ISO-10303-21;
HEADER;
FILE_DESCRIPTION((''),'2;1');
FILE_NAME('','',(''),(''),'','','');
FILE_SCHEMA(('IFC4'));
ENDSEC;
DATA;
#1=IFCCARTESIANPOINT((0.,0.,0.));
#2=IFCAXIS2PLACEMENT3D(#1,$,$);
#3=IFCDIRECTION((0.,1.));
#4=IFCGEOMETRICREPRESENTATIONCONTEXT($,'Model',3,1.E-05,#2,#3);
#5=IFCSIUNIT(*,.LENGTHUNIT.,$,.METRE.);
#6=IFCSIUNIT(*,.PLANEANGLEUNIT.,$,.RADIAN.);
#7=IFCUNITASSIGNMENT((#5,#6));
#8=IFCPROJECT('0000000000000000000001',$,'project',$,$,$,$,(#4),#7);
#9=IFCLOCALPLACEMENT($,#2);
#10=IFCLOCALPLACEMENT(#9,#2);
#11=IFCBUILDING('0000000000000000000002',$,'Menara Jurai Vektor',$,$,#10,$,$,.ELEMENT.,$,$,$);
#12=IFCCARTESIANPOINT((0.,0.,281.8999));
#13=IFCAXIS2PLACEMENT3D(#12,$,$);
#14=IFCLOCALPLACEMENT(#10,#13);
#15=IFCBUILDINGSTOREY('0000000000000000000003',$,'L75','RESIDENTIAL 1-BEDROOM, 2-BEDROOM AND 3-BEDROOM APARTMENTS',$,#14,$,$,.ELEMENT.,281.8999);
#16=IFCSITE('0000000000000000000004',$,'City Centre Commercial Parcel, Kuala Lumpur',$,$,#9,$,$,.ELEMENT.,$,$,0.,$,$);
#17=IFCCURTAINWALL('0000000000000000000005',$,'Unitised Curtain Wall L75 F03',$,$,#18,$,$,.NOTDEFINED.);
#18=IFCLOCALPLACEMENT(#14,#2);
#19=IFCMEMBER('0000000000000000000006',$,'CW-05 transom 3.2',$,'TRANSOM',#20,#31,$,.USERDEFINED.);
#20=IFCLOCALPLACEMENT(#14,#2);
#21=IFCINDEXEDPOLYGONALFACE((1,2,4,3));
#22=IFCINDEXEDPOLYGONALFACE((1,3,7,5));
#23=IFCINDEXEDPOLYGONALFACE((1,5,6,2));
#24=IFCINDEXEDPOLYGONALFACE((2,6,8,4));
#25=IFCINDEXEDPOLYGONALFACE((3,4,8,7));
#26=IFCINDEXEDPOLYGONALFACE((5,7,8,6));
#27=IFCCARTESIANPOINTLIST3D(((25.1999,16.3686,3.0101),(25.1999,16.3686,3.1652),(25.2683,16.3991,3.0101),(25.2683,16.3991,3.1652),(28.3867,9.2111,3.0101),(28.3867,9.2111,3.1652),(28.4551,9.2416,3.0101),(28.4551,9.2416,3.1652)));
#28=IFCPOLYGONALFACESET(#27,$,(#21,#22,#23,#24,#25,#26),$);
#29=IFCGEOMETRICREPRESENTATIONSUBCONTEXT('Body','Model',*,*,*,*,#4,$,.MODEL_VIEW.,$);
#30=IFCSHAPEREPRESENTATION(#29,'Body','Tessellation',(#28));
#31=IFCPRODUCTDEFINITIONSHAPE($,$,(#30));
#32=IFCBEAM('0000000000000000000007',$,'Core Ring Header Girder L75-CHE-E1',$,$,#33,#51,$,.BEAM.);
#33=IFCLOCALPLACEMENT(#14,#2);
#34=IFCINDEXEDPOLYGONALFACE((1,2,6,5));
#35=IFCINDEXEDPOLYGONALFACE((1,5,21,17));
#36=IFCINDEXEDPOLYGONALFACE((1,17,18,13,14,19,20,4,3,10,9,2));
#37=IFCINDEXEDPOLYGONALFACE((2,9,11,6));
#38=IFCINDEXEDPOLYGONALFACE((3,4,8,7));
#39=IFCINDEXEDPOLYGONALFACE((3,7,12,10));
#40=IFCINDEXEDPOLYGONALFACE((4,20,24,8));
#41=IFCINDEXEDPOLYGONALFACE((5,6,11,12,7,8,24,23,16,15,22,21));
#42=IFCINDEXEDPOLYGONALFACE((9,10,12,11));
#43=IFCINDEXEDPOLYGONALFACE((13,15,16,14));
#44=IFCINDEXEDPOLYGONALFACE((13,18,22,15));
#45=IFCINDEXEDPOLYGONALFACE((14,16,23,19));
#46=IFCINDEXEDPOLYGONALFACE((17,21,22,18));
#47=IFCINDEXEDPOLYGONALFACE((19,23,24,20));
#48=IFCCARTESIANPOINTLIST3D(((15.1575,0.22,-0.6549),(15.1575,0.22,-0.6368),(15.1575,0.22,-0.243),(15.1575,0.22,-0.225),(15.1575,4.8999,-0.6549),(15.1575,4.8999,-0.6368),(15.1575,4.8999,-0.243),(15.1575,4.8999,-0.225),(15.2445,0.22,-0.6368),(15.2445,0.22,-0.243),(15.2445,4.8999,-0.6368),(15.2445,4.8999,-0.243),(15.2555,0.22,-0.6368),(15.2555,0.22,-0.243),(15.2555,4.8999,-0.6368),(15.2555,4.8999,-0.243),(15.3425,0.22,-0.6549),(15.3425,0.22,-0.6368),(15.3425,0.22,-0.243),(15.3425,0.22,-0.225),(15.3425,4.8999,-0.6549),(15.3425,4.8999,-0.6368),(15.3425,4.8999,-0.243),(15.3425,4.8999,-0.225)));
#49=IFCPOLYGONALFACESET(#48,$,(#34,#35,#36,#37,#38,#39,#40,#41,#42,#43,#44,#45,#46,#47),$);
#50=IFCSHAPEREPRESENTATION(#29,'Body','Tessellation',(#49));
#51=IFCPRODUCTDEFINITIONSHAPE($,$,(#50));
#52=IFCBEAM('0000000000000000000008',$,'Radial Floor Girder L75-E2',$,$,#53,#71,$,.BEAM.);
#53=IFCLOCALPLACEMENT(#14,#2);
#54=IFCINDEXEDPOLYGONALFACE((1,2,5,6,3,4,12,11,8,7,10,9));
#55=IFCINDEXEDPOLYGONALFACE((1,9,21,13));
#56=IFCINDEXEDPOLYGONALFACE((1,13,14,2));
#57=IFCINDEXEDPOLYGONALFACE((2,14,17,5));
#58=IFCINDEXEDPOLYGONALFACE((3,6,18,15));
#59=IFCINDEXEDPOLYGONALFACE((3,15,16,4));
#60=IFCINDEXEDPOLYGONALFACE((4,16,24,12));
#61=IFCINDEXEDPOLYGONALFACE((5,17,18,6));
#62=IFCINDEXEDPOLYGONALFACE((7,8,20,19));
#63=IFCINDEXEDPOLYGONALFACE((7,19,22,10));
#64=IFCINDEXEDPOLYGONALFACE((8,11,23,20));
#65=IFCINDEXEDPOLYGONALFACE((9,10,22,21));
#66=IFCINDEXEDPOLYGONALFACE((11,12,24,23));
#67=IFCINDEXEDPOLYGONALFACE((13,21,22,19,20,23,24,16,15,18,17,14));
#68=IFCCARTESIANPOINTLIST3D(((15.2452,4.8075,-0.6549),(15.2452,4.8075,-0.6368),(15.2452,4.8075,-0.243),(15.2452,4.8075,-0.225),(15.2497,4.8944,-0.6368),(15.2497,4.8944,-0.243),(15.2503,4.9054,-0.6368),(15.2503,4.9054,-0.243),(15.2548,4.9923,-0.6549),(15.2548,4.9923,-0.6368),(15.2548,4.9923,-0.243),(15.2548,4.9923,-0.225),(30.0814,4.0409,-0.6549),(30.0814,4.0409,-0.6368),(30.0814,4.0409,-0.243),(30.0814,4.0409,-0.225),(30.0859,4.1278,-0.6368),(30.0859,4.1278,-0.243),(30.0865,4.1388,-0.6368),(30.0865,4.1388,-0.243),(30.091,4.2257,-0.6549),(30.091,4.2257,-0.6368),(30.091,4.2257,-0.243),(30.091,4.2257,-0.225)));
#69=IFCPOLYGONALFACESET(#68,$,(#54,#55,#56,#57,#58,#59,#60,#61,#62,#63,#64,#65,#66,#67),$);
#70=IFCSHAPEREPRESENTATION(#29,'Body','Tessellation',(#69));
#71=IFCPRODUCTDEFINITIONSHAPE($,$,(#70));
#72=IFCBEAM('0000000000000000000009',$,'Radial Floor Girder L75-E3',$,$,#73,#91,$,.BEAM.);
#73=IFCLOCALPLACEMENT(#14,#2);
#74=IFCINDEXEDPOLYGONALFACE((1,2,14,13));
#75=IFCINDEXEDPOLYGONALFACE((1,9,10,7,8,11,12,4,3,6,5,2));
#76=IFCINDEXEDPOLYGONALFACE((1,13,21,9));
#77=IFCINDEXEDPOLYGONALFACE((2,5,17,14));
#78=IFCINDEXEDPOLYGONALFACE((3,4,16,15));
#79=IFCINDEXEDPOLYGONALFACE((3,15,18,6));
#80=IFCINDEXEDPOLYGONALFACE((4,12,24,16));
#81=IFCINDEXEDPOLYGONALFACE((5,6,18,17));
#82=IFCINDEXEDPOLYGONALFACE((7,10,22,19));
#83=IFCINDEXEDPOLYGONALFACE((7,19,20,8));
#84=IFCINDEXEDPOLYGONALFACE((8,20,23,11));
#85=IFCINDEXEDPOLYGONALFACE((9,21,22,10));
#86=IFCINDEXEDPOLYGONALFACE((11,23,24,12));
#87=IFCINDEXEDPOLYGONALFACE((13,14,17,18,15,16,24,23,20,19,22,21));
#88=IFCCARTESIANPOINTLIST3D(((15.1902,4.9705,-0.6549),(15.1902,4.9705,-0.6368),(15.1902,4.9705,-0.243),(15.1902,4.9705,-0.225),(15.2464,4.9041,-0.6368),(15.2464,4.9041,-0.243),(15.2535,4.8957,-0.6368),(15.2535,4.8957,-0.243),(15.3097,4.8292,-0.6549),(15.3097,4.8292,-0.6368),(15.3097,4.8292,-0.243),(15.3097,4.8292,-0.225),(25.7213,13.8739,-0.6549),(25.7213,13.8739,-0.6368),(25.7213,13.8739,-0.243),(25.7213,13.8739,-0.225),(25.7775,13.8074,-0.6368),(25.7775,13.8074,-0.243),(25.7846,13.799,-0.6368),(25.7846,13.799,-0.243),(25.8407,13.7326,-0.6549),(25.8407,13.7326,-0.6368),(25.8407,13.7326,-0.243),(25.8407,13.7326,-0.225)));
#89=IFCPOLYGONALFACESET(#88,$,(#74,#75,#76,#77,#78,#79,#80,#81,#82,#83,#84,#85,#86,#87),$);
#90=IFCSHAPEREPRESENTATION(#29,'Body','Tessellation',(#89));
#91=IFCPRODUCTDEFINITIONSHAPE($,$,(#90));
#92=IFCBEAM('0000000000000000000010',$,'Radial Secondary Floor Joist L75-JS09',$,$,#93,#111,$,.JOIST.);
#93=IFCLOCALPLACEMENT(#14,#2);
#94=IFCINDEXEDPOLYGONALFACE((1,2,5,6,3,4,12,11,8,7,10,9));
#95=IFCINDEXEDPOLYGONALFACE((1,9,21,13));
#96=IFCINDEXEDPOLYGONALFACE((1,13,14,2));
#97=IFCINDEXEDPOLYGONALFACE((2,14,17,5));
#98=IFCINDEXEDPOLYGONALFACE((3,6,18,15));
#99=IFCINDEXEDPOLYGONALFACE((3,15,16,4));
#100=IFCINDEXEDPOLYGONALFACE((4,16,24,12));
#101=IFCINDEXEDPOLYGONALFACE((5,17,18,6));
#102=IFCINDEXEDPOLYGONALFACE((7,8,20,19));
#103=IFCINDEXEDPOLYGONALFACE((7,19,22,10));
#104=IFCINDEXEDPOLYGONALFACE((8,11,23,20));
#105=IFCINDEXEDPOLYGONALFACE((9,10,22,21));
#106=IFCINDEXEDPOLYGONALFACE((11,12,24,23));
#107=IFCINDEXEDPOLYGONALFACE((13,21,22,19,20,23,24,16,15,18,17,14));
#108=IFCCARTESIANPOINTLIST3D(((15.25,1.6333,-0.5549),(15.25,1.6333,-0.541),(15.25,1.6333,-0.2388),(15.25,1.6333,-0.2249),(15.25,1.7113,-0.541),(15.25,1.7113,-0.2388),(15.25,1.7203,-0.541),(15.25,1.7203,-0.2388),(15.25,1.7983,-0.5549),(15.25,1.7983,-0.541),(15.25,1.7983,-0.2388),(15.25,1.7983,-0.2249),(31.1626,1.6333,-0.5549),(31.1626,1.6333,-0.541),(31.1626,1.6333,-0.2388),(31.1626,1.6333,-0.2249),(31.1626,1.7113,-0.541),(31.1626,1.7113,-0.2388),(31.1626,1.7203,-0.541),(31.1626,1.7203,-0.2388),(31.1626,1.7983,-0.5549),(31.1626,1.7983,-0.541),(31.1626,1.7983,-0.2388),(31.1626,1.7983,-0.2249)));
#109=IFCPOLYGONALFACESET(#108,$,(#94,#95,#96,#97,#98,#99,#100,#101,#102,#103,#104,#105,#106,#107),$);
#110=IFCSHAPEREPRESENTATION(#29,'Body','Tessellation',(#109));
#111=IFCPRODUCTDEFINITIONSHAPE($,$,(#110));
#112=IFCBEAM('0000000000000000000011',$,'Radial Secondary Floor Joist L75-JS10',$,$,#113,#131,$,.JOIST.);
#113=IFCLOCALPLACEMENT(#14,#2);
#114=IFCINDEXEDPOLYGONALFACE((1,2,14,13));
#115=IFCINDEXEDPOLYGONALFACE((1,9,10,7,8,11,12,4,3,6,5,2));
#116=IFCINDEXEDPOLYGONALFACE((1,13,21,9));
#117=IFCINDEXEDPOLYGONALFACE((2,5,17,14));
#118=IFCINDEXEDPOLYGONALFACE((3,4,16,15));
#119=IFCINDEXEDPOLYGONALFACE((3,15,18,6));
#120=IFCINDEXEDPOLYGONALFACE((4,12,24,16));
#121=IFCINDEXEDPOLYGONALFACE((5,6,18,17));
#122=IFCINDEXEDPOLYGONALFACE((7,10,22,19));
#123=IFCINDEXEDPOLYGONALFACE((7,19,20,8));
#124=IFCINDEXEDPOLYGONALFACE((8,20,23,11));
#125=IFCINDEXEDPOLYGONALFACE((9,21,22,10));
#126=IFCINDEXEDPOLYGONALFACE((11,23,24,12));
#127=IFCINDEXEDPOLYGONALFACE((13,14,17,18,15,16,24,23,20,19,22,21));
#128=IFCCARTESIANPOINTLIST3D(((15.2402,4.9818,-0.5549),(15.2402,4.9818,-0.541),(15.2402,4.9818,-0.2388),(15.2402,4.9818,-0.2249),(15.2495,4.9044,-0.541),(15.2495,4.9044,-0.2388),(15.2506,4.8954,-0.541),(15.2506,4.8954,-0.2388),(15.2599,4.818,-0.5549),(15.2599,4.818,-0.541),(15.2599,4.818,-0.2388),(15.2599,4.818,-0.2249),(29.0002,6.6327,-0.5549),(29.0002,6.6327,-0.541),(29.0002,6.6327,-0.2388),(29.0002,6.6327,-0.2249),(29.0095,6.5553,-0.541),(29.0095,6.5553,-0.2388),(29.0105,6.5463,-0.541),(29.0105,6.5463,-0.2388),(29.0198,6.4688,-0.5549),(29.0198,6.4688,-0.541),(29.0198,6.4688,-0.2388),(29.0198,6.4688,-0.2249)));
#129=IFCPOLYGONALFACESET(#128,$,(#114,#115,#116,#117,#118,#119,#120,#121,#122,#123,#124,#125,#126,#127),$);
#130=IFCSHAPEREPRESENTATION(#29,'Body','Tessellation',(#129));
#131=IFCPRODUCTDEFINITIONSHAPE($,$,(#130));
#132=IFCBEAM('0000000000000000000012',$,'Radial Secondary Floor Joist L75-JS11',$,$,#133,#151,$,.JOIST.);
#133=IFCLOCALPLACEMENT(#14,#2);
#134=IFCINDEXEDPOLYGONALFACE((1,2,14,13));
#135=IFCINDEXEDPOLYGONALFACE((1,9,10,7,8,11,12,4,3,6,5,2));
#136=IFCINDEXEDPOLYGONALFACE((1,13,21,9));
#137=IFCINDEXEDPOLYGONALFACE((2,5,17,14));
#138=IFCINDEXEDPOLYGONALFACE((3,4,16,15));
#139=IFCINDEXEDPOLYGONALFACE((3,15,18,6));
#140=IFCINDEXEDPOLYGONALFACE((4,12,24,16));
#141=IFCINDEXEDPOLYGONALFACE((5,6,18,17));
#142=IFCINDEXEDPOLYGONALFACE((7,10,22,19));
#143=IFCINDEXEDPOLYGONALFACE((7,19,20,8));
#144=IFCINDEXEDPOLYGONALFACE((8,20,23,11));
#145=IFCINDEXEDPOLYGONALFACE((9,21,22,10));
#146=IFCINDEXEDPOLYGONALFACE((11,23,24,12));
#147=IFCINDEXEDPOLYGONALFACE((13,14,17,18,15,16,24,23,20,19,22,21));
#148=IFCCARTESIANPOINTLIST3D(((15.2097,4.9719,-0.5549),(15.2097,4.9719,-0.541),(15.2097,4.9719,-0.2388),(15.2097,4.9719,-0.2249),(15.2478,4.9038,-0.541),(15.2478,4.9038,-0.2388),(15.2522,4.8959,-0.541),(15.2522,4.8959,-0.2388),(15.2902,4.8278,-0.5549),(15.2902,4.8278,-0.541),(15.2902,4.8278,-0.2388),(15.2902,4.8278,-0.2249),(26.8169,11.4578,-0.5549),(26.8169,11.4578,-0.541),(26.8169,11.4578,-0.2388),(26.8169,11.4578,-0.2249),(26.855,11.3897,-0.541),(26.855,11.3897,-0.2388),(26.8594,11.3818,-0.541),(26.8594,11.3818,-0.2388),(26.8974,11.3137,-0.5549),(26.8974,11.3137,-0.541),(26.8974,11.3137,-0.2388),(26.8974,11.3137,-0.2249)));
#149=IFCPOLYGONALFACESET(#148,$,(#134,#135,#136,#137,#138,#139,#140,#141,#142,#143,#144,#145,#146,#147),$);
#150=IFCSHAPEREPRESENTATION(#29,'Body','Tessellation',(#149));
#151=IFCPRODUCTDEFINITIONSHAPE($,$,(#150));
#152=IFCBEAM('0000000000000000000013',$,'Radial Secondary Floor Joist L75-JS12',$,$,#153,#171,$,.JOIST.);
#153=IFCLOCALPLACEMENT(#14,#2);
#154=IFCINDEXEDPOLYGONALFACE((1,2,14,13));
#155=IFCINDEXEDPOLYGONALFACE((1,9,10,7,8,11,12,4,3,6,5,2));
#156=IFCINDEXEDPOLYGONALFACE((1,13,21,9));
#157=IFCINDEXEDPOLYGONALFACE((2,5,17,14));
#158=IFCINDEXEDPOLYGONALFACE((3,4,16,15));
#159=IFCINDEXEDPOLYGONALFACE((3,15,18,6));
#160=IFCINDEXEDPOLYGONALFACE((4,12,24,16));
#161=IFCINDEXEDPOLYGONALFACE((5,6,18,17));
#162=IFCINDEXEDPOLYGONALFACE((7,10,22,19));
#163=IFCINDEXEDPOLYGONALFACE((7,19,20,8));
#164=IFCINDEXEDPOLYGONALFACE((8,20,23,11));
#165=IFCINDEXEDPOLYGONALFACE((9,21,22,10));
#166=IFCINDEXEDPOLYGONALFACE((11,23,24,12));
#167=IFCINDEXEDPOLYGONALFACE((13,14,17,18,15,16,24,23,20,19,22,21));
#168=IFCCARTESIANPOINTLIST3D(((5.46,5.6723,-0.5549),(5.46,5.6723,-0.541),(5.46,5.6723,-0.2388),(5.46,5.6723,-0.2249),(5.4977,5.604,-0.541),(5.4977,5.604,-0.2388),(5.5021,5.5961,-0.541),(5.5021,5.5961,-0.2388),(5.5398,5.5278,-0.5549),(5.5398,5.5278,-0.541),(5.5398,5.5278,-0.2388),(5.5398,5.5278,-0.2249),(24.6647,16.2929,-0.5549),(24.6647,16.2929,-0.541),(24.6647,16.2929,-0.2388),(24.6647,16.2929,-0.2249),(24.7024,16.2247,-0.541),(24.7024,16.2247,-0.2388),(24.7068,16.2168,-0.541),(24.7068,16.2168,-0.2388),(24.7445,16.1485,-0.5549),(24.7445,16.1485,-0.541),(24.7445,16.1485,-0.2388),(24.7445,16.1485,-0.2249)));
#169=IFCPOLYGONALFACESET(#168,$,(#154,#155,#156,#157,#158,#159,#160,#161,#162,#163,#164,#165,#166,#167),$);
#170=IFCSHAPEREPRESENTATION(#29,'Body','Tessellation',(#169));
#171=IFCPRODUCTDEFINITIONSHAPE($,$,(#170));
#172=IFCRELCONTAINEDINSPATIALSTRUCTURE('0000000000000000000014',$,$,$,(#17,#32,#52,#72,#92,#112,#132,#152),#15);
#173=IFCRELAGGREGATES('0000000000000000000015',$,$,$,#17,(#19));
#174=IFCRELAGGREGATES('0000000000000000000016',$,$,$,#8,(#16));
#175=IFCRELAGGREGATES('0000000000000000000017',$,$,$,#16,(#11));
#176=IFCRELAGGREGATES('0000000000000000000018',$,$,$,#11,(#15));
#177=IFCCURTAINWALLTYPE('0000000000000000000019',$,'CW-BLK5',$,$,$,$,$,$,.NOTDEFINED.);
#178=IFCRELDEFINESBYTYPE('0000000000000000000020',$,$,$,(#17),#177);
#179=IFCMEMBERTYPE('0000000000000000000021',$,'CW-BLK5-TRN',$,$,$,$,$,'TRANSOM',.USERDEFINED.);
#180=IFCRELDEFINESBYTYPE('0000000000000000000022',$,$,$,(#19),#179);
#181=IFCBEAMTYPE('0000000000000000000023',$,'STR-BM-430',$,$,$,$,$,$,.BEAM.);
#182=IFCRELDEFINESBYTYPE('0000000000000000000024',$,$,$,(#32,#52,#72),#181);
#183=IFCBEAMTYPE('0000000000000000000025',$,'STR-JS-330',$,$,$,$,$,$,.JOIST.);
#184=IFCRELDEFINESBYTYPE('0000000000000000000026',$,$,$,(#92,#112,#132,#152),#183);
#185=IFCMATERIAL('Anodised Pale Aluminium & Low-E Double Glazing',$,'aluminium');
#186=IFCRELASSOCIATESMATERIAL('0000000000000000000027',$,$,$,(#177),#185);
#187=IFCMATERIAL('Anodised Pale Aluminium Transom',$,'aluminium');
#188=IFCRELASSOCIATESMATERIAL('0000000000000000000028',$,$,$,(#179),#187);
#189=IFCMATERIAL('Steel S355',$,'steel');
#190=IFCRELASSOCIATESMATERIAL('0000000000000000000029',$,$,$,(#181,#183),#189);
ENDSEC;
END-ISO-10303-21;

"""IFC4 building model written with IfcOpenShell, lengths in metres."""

from ifc_helpers import new_model, si_unit, direction, frame, origin, origin_2d, place, context, subcontext, project, spatial, rectangle, i_section, extrude, material, material_profile, profile_set, type_object, element, aggregate, save


model = new_model("IFC4")

# Units and contexts
model_context = context("Model", 3, precision=1e-05, world=origin(), true_north=direction((0.0, 1.0)))
body_context = subcontext(model_context, "Body", "Model", "MODEL_VIEW")
ifc_project = project(units=[si_unit("LENGTHUNIT", "METRE"), si_unit("PLANEANGLEUNIT", "RADIAN")], contexts=[model_context])

# Site, building, storey
site_placement = place(None, origin())
site = spatial("IfcSite", under=ifc_project, at=site_placement, Name="City Centre Commercial Parcel, Kuala Lumpur", CompositionType="ELEMENT", RefElevation=0.0)
building_placement = place(site_placement, origin())
building = spatial("IfcBuilding", under=site, at=building_placement, Name="Menara Jurai Vektor", CompositionType="ELEMENT")
storey_placement = place(building_placement, frame((0.0, 0.0, 281.8999)))
storey = spatial("IfcBuildingStorey", under=building, at=storey_placement, Name="L75", Description="RESIDENTIAL 1-BEDROOM, 2-BEDROOM AND 3-BEDROOM APARTMENTS", CompositionType="ELEMENT", Elevation=281.8999)

# Curtain wall, member
ifc_material_1 = material(Name="Anodised Pale Aluminium & Low-E Double Glazing", Category="aluminium")
curtain_wall_type = type_object("IfcCurtainWallType", Name="CW-BLK5", PredefinedType="NOTDEFINED", material=ifc_material_1)
curtain_wall_placement = place(storey_placement, origin())
curtain_wall = element("IfcCurtainWall", 1, at=curtain_wall_placement, inside=storey, type_object=curtain_wall_type, Name="Unitised Curtain Wall L75 F03", PredefinedType="NOTDEFINED")
ifc_material_2 = material(Name="Anodised Pale Aluminium Transom", Category="aluminium")
ifc_material_profile_1 = material_profile(ifc_material_2, rectangle(XDim=0.075, YDim=0.155, at=origin_2d()), Name="ALU TRN 75x155")
ifc_profile_set_1 = profile_set([ifc_material_profile_1], Name="Anodised Pale Aluminium Transom")
member_type_1 = type_object("IfcMemberType", Name="CW-BLK5-TRN", ElementType="TRANSOM", PredefinedType="USERDEFINED", material=ifc_profile_set_1)
member_1_placement = place(storey_placement, frame((28.4209, 9.2263, 3.0876), z_axis=(-0.406743, 0.913543, 0.0), x_axis=(-0.913543, -0.406743, 0.0)))
member_1 = element("IfcMember", 2, at=member_1_placement, type_object=member_type_1, Name="CW-05 transom 3.2", ObjectType="TRANSOM", PredefinedType="USERDEFINED", context=body_context, shape_type="SweptSolid", body=[
    extrude(rectangle(XDim=0.075, YDim=0.155, at=origin_2d()), origin(), (0.0, 0.0, 1.0), 7.835),
])

# Beams
ifc_material_3 = material(Name="Steel S355", Category="steel")
ifc_material_profile_2 = material_profile(ifc_material_3, i_section(OverallWidth=0.1851, OverallDepth=0.4299, WebThickness=0.011, FlangeThickness=0.0181, at=origin_2d()), Name="PG 430x185x76")
ifc_profile_set_2 = profile_set([ifc_material_profile_2], Name="Steel S355")
beam_type_1 = type_object("IfcBeamType", Name="STR-BM-430", PredefinedType="BEAM", material=ifc_profile_set_2)
beam_1_placement = place(storey_placement, frame((15.25, 0.22, -0.4399), z_axis=(0.0, 1.0, 0.0), x_axis=(-1.0, 0.0, 0.0)))
element("IfcBeam", 3, at=beam_1_placement, inside=storey, type_object=beam_type_1, Name="Core Ring Header Girder L75-CHE-E1", PredefinedType="BEAM", context=body_context, shape_type="SweptSolid", body=[
    extrude(i_section(OverallWidth=0.1851, OverallDepth=0.4299, WebThickness=0.011, FlangeThickness=0.0181, at=origin_2d()), origin(), (0.0, 0.0, 1.0), 4.6799),
])
beam_2_placement = place(storey_placement, frame((30.0862, 4.1333, -0.4399), z_axis=(-0.998668, 0.051602, 0.0), x_axis=(-0.051602, -0.998668, 0.0)))
element("IfcBeam", 4, at=beam_2_placement, inside=storey, type_object=beam_type_1, Name="Radial Floor Girder L75-E2", PredefinedType="BEAM", context=body_context, shape_type="SweptSolid", body=[
    extrude(i_section(OverallWidth=0.1851, OverallDepth=0.4299, WebThickness=0.011, FlangeThickness=0.0181, at=origin_2d()), origin(), (0.0, 0.0, 1.0), 14.856),
])
beam_3_placement = place(storey_placement, frame((25.781, 13.8032, -0.4399), z_axis=(-0.763656, -0.645624, 0.0), x_axis=(0.645624, -0.763656, 0.0)))
element("IfcBeam", 5, at=beam_3_placement, inside=storey, type_object=beam_type_1, Name="Radial Floor Girder L75-E3", PredefinedType="BEAM", context=body_context, shape_type="SweptSolid", body=[
    extrude(i_section(OverallWidth=0.1851, OverallDepth=0.4299, WebThickness=0.011, FlangeThickness=0.0181, at=origin_2d()), origin(), (0.0, 0.0, 1.0), 13.7903),
])
ifc_material_profile_3 = material_profile(ifc_material_3, i_section(OverallWidth=0.165, OverallDepth=0.3301, WebThickness=0.009, FlangeThickness=0.0139, at=origin_2d()), Name="PG 330x165x46")
ifc_profile_set_3 = profile_set([ifc_material_profile_3], Name="Steel S355")
beam_type_2 = type_object("IfcBeamType", Name="STR-JS-330", PredefinedType="JOIST", material=ifc_profile_set_3)
beam_4_placement = place(storey_placement, frame((31.1626, 1.7158, -0.3899), z_axis=(-1.0, 0.0, 0.0), x_axis=(0.0, -1.0, 0.0)))
element("IfcBeam", 6, at=beam_4_placement, inside=storey, type_object=beam_type_2, Name="Radial Secondary Floor Joist L75-JS09", PredefinedType="JOIST", context=body_context, shape_type="SweptSolid", body=[
    extrude(i_section(OverallWidth=0.165, OverallDepth=0.3301, WebThickness=0.009, FlangeThickness=0.0139, at=origin_2d()), origin(), (0.0, 0.0, 1.0), 15.9126),
])
beam_5_placement = place(storey_placement, frame((29.01, 6.5508, -0.3899), z_axis=(-0.99288, -0.119122, 0.0), x_axis=(0.119122, -0.99288, 0.0)))
element("IfcBeam", 7, at=beam_5_placement, inside=storey, type_object=beam_type_2, Name="Radial Secondary Floor Joist L75-JS10", PredefinedType="JOIST", context=body_context, shape_type="SweptSolid", body=[
    extrude(i_section(OverallWidth=0.165, OverallDepth=0.3301, WebThickness=0.009, FlangeThickness=0.0139, at=origin_2d()), origin(), (0.0, 0.0, 1.0), 13.8586),
])
beam_6_placement = place(storey_placement, frame((26.8572, 11.3857, -0.3899), z_axis=(-0.87296, -0.487791, 0.0), x_axis=(0.487791, -0.87296, 0.0)))
element("IfcBeam", 8, at=beam_6_placement, inside=storey, type_object=beam_type_2, Name="Radial Secondary Floor Joist L75-JS11", PredefinedType="JOIST", context=body_context, shape_type="SweptSolid", body=[
    extrude(i_section(OverallWidth=0.165, OverallDepth=0.3301, WebThickness=0.009, FlangeThickness=0.0139, at=origin_2d()), origin(), (0.0, 0.0, 1.0), 13.2964),
])
beam_7_placement = place(storey_placement, frame((24.7046, 16.2207, -0.3899), z_axis=(-0.875096, -0.483949, 0.0), x_axis=(0.483949, -0.875096, 0.0)))
element("IfcBeam", 9, at=beam_7_placement, inside=storey, type_object=beam_type_2, Name="Radial Secondary Floor Joist L75-JS12", PredefinedType="JOIST", context=body_context, shape_type="SweptSolid", body=[
    extrude(i_section(OverallWidth=0.165, OverallDepth=0.3301, WebThickness=0.009, FlangeThickness=0.0139, at=origin_2d()), origin(), (0.0, 0.0, 1.0), 21.9458),
])

aggregate(curtain_wall, [member_1])

save(model, "model.ifc")
